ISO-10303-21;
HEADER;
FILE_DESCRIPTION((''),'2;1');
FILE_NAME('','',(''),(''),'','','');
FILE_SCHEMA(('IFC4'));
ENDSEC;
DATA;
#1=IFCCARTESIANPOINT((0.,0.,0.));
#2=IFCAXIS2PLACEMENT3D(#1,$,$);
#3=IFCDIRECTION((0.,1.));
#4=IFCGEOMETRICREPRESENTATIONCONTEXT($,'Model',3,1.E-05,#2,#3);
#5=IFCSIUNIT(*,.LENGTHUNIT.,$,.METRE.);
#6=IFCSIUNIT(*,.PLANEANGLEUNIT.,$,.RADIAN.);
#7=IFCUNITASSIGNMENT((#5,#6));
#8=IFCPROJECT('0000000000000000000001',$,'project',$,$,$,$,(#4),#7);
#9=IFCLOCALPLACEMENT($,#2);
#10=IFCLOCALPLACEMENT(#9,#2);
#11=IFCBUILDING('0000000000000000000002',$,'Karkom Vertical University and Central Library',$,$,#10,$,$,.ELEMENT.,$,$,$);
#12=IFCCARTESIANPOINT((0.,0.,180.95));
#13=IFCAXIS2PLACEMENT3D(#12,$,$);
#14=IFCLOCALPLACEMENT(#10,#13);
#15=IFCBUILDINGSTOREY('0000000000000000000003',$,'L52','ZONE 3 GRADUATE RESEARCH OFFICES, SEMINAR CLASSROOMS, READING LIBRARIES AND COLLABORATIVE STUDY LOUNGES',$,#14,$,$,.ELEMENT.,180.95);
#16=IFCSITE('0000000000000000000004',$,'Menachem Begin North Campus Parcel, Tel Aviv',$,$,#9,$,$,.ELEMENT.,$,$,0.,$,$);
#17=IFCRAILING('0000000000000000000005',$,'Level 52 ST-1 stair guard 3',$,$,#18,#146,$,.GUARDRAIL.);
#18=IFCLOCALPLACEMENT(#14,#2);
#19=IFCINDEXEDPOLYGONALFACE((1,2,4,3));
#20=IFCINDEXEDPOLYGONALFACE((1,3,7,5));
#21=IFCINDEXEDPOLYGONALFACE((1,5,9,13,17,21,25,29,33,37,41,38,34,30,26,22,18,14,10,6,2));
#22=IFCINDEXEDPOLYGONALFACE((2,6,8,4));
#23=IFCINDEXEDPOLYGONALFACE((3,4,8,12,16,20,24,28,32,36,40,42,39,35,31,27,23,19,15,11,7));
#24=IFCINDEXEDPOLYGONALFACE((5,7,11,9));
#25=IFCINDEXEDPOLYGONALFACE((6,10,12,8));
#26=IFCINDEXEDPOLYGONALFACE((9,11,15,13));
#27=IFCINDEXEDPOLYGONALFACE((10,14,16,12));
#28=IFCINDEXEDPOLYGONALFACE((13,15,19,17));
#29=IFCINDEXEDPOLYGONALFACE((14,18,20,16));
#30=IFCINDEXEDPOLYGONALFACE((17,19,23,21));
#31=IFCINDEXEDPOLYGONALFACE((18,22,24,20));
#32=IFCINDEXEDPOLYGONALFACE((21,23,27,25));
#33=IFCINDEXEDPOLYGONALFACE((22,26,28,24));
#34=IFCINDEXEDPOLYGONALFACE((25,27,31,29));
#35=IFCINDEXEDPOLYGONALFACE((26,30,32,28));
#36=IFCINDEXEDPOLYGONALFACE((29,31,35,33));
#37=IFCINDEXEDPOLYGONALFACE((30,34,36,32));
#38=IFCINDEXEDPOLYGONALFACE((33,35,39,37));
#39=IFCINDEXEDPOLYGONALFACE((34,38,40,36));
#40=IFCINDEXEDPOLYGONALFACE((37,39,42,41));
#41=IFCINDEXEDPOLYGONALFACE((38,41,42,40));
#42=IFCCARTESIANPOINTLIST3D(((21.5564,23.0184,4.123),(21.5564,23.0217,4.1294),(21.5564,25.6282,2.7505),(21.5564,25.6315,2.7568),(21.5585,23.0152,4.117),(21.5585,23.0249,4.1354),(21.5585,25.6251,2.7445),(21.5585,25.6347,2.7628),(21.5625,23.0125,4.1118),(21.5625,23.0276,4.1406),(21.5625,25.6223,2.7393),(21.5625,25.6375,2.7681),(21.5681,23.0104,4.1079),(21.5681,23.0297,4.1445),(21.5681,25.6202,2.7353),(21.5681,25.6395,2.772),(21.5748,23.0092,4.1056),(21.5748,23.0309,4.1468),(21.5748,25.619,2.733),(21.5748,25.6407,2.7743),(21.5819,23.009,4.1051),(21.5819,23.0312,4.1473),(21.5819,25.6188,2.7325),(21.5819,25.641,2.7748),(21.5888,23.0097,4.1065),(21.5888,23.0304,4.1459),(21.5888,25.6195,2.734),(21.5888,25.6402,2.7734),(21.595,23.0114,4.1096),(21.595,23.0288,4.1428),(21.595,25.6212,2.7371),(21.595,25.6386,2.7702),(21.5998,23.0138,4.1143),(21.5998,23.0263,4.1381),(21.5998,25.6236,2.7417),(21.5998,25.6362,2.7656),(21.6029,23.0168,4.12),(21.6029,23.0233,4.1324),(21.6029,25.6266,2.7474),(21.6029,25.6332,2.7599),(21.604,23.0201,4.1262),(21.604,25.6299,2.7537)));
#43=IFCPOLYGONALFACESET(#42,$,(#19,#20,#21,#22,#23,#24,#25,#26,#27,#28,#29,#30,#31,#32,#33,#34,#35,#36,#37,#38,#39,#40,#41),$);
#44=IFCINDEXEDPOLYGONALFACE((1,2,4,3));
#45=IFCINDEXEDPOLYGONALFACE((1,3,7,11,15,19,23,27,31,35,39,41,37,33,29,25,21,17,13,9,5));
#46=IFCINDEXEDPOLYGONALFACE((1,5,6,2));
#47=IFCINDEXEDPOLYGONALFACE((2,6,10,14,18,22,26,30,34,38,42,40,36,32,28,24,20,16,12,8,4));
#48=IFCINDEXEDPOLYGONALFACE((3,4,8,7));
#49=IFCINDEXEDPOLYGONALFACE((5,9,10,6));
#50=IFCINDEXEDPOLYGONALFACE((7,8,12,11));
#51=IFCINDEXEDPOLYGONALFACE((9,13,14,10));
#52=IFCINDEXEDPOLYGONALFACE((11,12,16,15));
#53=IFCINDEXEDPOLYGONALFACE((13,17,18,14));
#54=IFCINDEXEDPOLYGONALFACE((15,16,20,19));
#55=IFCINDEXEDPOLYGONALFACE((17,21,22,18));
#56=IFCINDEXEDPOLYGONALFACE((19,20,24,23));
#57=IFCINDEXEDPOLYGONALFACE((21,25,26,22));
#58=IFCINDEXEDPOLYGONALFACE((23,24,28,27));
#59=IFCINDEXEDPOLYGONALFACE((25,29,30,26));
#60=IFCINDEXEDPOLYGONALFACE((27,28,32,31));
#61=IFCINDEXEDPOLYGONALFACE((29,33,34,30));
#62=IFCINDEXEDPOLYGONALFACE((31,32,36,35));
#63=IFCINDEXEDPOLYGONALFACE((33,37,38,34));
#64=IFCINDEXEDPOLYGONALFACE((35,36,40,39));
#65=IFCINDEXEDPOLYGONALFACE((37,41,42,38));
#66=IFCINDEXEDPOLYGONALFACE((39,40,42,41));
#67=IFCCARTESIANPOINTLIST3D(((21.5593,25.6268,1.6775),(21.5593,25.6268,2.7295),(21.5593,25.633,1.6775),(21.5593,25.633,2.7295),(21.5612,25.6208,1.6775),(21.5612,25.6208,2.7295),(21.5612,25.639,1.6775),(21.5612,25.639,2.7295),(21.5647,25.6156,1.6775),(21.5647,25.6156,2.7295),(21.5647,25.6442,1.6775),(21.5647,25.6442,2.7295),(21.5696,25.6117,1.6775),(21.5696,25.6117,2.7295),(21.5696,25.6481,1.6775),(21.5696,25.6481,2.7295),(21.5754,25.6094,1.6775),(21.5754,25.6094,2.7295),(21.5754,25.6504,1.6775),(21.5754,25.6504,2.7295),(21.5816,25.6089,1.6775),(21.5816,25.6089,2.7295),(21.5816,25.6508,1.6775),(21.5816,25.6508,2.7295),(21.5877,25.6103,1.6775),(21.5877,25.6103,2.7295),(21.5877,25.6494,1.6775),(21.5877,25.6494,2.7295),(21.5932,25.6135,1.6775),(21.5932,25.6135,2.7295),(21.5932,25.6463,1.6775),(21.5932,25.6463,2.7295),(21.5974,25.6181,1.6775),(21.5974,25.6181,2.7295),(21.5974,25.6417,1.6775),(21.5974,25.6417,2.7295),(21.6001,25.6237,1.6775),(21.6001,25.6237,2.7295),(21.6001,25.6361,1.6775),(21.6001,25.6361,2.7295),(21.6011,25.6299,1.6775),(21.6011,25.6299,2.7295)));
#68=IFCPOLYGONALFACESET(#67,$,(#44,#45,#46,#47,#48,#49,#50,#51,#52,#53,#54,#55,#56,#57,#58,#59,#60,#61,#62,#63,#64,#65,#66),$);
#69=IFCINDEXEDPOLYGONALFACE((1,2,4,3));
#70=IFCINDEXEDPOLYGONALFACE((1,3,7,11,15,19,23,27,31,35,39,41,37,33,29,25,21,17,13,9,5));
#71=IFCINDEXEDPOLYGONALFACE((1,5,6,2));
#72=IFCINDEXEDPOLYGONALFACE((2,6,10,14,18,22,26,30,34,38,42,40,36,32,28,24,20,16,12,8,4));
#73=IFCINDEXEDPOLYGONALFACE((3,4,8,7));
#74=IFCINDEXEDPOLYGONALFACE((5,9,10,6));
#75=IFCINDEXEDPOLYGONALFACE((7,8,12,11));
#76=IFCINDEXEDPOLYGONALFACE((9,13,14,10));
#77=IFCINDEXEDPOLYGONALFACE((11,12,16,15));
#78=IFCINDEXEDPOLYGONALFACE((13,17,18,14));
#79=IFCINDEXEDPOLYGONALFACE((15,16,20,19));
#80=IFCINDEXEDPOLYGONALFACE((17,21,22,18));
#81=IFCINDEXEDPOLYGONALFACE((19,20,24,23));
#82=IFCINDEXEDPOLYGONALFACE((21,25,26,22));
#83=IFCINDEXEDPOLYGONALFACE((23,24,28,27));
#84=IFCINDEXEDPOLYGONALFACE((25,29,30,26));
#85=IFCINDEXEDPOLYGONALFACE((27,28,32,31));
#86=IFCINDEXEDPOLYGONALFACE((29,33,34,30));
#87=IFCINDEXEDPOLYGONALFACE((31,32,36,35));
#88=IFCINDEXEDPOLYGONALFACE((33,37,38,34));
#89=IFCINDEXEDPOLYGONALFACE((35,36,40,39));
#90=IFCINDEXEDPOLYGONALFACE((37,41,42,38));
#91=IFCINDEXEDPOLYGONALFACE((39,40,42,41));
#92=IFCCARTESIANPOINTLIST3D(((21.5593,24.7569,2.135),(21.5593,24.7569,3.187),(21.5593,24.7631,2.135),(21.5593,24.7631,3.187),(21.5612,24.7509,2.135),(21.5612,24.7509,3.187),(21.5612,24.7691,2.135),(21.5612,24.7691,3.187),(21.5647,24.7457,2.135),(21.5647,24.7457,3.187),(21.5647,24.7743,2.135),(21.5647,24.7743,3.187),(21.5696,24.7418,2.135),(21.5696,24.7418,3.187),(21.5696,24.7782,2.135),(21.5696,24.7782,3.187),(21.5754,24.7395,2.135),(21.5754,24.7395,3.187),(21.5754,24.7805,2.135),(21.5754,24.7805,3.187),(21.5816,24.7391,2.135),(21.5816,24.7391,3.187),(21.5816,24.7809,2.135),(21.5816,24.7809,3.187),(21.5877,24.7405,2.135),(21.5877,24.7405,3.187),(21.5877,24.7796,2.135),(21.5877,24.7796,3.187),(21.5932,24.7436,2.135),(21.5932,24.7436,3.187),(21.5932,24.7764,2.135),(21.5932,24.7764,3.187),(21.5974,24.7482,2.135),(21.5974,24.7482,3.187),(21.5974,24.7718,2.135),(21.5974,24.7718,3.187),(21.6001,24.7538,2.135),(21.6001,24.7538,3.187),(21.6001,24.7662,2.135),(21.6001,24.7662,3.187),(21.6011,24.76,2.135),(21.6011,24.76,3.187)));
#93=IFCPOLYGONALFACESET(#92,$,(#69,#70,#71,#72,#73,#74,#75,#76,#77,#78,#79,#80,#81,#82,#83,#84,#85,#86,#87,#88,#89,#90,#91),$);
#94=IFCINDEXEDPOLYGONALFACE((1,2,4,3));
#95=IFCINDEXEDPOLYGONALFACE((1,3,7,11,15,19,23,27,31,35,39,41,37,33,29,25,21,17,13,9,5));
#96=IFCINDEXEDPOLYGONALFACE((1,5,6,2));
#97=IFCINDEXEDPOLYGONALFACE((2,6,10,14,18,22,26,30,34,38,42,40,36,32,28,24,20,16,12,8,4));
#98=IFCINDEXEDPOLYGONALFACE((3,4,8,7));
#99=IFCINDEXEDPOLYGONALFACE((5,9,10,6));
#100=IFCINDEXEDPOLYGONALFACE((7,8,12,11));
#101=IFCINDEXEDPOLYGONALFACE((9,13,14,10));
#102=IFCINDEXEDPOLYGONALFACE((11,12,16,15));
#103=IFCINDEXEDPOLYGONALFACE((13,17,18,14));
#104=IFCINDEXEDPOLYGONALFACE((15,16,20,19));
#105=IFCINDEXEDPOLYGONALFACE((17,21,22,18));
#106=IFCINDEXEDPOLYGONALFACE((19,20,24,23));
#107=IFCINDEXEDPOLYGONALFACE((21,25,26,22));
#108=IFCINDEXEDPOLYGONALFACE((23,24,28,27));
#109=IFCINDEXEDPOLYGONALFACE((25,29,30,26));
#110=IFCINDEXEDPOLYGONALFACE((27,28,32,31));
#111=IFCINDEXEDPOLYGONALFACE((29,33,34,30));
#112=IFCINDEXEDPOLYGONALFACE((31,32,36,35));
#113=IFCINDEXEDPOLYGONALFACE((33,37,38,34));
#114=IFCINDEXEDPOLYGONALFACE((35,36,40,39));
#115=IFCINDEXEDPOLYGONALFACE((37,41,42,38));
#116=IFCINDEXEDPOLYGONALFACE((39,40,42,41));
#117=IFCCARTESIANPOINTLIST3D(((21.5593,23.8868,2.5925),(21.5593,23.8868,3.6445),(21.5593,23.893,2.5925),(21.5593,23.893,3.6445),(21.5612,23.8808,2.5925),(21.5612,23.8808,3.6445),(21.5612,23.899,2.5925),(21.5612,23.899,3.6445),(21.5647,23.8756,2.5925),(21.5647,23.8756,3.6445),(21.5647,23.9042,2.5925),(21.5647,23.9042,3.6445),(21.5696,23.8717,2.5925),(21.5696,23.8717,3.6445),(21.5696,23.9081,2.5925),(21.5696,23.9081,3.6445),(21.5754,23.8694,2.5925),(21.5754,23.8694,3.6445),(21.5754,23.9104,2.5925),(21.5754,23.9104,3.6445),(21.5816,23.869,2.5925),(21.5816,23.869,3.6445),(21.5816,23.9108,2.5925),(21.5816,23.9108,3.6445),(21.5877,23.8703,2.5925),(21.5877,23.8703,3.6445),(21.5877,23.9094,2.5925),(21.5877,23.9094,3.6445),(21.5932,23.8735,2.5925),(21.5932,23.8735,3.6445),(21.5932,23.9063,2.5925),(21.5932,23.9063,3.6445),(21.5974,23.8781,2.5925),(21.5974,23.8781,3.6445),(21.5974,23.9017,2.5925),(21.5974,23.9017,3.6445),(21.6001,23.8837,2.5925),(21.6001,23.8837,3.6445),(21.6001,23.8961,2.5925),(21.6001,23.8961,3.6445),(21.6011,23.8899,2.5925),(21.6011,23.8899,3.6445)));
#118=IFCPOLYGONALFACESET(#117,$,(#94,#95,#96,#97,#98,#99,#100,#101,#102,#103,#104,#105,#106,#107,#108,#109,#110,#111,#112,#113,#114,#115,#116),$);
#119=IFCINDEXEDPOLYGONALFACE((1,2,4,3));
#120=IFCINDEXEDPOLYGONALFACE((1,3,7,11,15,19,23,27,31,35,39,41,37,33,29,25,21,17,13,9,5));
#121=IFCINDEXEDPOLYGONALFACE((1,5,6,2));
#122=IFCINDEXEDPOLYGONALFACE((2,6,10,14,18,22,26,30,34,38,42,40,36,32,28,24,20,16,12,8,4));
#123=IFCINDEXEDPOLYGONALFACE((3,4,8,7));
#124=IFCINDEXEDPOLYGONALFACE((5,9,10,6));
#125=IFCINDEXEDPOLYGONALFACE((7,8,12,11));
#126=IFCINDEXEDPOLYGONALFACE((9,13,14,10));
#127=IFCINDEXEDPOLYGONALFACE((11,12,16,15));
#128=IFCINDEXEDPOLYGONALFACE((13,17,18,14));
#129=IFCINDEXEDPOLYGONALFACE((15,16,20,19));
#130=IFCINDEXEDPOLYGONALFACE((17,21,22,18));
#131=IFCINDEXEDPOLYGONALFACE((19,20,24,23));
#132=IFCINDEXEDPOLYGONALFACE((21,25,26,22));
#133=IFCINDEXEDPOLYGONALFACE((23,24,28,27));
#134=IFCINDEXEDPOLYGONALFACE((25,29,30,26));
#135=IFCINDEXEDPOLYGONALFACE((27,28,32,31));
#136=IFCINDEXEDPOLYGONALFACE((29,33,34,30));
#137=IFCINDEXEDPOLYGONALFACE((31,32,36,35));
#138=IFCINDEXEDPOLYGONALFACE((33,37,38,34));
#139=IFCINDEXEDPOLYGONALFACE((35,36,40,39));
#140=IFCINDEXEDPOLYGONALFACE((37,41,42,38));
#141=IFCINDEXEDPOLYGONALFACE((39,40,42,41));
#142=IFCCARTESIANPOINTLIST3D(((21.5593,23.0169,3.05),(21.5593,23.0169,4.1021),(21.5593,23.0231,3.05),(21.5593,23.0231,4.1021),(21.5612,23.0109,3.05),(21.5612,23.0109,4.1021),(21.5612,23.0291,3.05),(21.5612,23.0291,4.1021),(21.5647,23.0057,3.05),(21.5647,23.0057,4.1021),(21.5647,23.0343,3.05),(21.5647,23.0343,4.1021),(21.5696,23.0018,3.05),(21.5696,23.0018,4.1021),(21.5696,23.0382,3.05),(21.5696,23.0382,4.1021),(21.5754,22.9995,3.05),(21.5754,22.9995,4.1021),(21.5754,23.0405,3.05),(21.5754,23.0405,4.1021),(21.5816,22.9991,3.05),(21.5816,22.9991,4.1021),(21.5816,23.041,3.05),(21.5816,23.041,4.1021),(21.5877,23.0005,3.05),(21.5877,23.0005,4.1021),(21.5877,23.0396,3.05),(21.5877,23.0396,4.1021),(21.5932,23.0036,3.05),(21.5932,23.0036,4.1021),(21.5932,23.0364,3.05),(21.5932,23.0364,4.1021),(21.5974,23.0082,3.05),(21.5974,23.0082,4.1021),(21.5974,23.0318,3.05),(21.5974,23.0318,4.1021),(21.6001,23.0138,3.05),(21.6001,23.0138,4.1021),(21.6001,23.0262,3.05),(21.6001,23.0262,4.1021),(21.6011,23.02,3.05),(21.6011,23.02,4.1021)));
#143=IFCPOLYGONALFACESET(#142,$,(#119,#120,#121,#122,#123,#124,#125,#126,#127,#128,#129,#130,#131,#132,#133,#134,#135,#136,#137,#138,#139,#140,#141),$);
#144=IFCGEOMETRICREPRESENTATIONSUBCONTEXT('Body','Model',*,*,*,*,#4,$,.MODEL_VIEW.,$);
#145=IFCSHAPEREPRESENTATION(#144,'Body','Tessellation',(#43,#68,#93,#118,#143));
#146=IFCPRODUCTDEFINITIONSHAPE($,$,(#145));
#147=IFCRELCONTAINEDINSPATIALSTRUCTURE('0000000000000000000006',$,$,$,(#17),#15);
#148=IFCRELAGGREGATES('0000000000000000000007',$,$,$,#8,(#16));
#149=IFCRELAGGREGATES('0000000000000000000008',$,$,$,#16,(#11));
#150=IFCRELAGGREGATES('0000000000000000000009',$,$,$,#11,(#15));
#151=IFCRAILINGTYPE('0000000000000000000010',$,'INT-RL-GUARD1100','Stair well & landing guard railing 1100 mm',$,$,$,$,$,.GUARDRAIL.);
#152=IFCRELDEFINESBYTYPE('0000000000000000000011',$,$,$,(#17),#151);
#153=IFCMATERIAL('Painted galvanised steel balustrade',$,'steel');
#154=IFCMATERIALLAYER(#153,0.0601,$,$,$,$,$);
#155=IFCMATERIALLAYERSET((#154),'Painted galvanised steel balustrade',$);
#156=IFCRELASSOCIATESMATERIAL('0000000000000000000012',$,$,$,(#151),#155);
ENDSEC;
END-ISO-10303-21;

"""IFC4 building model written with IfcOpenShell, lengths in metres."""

from ifc_helpers import new_model, si_unit, direction, frame, origin, origin_2d, place, context, subcontext, project, spatial, circle, extrude, material, layer, layer_set, type_object, element, save


model = new_model("IFC4")

# Units and contexts
model_context = context("Model", 3, precision=1e-05, world=origin(), true_north=direction((0.0, 1.0)))
body_context = subcontext(model_context, "Body", "Model", "MODEL_VIEW")
ifc_project = project(units=[si_unit("LENGTHUNIT", "METRE"), si_unit("PLANEANGLEUNIT", "RADIAN")], contexts=[model_context])

# Site, building, storey
site_placement = place(None, origin())
site = spatial("IfcSite", under=ifc_project, at=site_placement, Name="Menachem Begin North Campus Parcel, Tel Aviv", CompositionType="ELEMENT", RefElevation=0.0)
building_placement = place(site_placement, origin())
building = spatial("IfcBuilding", under=site, at=building_placement, Name="Karkom Vertical University and Central Library", CompositionType="ELEMENT")
storey_placement = place(building_placement, frame((0.0, 0.0, 180.95)))
storey = spatial("IfcBuildingStorey", under=building, at=storey_placement, Name="L52", Description="ZONE 3 GRADUATE RESEARCH OFFICES, SEMINAR CLASSROOMS, READING LIBRARIES AND COLLABORATIVE STUDY LOUNGES", CompositionType="ELEMENT", Elevation=180.95)

# Railing
ifc_material_1 = material(Name="Painted galvanised steel balustrade", Category="steel")
ifc_layer_1 = layer(ifc_material_1, 0.0601)
ifc_layer_set_1 = layer_set([ifc_layer_1], Name="Painted galvanised steel balustrade")
railing_type_1 = type_object("IfcRailingType", Name="INT-RL-GUARD1100", Description="Stair well & landing guard railing 1100 mm", PredefinedType="GUARDRAIL", material=ifc_layer_set_1)
railing_1_placement = place(storey_placement, frame((21.5801, 25.6299, 1.6775)))
element("IfcRailing", 1, at=railing_1_placement, inside=storey, type_object=railing_type_1, Name="Level 52 ST-1 stair guard 3", PredefinedType="GUARDRAIL", context=body_context, shape_type="SweptSolid", body=[
    extrude(circle(Radius=0.0239, at=origin_2d()), frame((0.0, 0.0, 1.0762), z_axis=(0.0, -0.885065, 0.465467), x_axis=(1.0, 0.0, 0.0)), (0.0, 0.0, 1.0), 2.9487),
    extrude(circle(Radius=0.021, at=origin_2d()), origin(), (0.0, 0.0, 1.0), 1.052),
    extrude(circle(Radius=0.021, at=origin_2d()), frame((0.0, -0.8699, 0.4575)), (0.0, 0.0, 1.0), 1.052),
    extrude(circle(Radius=0.021, at=origin_2d()), frame((0.0, -1.74, 0.915)), (0.0, 0.0, 1.0), 1.052),
    extrude(circle(Radius=0.021, at=origin_2d()), frame((0.0, -2.6099, 1.3726)), (0.0, 0.0, 1.0), 1.052),
])

save(model, "model.ifc")
